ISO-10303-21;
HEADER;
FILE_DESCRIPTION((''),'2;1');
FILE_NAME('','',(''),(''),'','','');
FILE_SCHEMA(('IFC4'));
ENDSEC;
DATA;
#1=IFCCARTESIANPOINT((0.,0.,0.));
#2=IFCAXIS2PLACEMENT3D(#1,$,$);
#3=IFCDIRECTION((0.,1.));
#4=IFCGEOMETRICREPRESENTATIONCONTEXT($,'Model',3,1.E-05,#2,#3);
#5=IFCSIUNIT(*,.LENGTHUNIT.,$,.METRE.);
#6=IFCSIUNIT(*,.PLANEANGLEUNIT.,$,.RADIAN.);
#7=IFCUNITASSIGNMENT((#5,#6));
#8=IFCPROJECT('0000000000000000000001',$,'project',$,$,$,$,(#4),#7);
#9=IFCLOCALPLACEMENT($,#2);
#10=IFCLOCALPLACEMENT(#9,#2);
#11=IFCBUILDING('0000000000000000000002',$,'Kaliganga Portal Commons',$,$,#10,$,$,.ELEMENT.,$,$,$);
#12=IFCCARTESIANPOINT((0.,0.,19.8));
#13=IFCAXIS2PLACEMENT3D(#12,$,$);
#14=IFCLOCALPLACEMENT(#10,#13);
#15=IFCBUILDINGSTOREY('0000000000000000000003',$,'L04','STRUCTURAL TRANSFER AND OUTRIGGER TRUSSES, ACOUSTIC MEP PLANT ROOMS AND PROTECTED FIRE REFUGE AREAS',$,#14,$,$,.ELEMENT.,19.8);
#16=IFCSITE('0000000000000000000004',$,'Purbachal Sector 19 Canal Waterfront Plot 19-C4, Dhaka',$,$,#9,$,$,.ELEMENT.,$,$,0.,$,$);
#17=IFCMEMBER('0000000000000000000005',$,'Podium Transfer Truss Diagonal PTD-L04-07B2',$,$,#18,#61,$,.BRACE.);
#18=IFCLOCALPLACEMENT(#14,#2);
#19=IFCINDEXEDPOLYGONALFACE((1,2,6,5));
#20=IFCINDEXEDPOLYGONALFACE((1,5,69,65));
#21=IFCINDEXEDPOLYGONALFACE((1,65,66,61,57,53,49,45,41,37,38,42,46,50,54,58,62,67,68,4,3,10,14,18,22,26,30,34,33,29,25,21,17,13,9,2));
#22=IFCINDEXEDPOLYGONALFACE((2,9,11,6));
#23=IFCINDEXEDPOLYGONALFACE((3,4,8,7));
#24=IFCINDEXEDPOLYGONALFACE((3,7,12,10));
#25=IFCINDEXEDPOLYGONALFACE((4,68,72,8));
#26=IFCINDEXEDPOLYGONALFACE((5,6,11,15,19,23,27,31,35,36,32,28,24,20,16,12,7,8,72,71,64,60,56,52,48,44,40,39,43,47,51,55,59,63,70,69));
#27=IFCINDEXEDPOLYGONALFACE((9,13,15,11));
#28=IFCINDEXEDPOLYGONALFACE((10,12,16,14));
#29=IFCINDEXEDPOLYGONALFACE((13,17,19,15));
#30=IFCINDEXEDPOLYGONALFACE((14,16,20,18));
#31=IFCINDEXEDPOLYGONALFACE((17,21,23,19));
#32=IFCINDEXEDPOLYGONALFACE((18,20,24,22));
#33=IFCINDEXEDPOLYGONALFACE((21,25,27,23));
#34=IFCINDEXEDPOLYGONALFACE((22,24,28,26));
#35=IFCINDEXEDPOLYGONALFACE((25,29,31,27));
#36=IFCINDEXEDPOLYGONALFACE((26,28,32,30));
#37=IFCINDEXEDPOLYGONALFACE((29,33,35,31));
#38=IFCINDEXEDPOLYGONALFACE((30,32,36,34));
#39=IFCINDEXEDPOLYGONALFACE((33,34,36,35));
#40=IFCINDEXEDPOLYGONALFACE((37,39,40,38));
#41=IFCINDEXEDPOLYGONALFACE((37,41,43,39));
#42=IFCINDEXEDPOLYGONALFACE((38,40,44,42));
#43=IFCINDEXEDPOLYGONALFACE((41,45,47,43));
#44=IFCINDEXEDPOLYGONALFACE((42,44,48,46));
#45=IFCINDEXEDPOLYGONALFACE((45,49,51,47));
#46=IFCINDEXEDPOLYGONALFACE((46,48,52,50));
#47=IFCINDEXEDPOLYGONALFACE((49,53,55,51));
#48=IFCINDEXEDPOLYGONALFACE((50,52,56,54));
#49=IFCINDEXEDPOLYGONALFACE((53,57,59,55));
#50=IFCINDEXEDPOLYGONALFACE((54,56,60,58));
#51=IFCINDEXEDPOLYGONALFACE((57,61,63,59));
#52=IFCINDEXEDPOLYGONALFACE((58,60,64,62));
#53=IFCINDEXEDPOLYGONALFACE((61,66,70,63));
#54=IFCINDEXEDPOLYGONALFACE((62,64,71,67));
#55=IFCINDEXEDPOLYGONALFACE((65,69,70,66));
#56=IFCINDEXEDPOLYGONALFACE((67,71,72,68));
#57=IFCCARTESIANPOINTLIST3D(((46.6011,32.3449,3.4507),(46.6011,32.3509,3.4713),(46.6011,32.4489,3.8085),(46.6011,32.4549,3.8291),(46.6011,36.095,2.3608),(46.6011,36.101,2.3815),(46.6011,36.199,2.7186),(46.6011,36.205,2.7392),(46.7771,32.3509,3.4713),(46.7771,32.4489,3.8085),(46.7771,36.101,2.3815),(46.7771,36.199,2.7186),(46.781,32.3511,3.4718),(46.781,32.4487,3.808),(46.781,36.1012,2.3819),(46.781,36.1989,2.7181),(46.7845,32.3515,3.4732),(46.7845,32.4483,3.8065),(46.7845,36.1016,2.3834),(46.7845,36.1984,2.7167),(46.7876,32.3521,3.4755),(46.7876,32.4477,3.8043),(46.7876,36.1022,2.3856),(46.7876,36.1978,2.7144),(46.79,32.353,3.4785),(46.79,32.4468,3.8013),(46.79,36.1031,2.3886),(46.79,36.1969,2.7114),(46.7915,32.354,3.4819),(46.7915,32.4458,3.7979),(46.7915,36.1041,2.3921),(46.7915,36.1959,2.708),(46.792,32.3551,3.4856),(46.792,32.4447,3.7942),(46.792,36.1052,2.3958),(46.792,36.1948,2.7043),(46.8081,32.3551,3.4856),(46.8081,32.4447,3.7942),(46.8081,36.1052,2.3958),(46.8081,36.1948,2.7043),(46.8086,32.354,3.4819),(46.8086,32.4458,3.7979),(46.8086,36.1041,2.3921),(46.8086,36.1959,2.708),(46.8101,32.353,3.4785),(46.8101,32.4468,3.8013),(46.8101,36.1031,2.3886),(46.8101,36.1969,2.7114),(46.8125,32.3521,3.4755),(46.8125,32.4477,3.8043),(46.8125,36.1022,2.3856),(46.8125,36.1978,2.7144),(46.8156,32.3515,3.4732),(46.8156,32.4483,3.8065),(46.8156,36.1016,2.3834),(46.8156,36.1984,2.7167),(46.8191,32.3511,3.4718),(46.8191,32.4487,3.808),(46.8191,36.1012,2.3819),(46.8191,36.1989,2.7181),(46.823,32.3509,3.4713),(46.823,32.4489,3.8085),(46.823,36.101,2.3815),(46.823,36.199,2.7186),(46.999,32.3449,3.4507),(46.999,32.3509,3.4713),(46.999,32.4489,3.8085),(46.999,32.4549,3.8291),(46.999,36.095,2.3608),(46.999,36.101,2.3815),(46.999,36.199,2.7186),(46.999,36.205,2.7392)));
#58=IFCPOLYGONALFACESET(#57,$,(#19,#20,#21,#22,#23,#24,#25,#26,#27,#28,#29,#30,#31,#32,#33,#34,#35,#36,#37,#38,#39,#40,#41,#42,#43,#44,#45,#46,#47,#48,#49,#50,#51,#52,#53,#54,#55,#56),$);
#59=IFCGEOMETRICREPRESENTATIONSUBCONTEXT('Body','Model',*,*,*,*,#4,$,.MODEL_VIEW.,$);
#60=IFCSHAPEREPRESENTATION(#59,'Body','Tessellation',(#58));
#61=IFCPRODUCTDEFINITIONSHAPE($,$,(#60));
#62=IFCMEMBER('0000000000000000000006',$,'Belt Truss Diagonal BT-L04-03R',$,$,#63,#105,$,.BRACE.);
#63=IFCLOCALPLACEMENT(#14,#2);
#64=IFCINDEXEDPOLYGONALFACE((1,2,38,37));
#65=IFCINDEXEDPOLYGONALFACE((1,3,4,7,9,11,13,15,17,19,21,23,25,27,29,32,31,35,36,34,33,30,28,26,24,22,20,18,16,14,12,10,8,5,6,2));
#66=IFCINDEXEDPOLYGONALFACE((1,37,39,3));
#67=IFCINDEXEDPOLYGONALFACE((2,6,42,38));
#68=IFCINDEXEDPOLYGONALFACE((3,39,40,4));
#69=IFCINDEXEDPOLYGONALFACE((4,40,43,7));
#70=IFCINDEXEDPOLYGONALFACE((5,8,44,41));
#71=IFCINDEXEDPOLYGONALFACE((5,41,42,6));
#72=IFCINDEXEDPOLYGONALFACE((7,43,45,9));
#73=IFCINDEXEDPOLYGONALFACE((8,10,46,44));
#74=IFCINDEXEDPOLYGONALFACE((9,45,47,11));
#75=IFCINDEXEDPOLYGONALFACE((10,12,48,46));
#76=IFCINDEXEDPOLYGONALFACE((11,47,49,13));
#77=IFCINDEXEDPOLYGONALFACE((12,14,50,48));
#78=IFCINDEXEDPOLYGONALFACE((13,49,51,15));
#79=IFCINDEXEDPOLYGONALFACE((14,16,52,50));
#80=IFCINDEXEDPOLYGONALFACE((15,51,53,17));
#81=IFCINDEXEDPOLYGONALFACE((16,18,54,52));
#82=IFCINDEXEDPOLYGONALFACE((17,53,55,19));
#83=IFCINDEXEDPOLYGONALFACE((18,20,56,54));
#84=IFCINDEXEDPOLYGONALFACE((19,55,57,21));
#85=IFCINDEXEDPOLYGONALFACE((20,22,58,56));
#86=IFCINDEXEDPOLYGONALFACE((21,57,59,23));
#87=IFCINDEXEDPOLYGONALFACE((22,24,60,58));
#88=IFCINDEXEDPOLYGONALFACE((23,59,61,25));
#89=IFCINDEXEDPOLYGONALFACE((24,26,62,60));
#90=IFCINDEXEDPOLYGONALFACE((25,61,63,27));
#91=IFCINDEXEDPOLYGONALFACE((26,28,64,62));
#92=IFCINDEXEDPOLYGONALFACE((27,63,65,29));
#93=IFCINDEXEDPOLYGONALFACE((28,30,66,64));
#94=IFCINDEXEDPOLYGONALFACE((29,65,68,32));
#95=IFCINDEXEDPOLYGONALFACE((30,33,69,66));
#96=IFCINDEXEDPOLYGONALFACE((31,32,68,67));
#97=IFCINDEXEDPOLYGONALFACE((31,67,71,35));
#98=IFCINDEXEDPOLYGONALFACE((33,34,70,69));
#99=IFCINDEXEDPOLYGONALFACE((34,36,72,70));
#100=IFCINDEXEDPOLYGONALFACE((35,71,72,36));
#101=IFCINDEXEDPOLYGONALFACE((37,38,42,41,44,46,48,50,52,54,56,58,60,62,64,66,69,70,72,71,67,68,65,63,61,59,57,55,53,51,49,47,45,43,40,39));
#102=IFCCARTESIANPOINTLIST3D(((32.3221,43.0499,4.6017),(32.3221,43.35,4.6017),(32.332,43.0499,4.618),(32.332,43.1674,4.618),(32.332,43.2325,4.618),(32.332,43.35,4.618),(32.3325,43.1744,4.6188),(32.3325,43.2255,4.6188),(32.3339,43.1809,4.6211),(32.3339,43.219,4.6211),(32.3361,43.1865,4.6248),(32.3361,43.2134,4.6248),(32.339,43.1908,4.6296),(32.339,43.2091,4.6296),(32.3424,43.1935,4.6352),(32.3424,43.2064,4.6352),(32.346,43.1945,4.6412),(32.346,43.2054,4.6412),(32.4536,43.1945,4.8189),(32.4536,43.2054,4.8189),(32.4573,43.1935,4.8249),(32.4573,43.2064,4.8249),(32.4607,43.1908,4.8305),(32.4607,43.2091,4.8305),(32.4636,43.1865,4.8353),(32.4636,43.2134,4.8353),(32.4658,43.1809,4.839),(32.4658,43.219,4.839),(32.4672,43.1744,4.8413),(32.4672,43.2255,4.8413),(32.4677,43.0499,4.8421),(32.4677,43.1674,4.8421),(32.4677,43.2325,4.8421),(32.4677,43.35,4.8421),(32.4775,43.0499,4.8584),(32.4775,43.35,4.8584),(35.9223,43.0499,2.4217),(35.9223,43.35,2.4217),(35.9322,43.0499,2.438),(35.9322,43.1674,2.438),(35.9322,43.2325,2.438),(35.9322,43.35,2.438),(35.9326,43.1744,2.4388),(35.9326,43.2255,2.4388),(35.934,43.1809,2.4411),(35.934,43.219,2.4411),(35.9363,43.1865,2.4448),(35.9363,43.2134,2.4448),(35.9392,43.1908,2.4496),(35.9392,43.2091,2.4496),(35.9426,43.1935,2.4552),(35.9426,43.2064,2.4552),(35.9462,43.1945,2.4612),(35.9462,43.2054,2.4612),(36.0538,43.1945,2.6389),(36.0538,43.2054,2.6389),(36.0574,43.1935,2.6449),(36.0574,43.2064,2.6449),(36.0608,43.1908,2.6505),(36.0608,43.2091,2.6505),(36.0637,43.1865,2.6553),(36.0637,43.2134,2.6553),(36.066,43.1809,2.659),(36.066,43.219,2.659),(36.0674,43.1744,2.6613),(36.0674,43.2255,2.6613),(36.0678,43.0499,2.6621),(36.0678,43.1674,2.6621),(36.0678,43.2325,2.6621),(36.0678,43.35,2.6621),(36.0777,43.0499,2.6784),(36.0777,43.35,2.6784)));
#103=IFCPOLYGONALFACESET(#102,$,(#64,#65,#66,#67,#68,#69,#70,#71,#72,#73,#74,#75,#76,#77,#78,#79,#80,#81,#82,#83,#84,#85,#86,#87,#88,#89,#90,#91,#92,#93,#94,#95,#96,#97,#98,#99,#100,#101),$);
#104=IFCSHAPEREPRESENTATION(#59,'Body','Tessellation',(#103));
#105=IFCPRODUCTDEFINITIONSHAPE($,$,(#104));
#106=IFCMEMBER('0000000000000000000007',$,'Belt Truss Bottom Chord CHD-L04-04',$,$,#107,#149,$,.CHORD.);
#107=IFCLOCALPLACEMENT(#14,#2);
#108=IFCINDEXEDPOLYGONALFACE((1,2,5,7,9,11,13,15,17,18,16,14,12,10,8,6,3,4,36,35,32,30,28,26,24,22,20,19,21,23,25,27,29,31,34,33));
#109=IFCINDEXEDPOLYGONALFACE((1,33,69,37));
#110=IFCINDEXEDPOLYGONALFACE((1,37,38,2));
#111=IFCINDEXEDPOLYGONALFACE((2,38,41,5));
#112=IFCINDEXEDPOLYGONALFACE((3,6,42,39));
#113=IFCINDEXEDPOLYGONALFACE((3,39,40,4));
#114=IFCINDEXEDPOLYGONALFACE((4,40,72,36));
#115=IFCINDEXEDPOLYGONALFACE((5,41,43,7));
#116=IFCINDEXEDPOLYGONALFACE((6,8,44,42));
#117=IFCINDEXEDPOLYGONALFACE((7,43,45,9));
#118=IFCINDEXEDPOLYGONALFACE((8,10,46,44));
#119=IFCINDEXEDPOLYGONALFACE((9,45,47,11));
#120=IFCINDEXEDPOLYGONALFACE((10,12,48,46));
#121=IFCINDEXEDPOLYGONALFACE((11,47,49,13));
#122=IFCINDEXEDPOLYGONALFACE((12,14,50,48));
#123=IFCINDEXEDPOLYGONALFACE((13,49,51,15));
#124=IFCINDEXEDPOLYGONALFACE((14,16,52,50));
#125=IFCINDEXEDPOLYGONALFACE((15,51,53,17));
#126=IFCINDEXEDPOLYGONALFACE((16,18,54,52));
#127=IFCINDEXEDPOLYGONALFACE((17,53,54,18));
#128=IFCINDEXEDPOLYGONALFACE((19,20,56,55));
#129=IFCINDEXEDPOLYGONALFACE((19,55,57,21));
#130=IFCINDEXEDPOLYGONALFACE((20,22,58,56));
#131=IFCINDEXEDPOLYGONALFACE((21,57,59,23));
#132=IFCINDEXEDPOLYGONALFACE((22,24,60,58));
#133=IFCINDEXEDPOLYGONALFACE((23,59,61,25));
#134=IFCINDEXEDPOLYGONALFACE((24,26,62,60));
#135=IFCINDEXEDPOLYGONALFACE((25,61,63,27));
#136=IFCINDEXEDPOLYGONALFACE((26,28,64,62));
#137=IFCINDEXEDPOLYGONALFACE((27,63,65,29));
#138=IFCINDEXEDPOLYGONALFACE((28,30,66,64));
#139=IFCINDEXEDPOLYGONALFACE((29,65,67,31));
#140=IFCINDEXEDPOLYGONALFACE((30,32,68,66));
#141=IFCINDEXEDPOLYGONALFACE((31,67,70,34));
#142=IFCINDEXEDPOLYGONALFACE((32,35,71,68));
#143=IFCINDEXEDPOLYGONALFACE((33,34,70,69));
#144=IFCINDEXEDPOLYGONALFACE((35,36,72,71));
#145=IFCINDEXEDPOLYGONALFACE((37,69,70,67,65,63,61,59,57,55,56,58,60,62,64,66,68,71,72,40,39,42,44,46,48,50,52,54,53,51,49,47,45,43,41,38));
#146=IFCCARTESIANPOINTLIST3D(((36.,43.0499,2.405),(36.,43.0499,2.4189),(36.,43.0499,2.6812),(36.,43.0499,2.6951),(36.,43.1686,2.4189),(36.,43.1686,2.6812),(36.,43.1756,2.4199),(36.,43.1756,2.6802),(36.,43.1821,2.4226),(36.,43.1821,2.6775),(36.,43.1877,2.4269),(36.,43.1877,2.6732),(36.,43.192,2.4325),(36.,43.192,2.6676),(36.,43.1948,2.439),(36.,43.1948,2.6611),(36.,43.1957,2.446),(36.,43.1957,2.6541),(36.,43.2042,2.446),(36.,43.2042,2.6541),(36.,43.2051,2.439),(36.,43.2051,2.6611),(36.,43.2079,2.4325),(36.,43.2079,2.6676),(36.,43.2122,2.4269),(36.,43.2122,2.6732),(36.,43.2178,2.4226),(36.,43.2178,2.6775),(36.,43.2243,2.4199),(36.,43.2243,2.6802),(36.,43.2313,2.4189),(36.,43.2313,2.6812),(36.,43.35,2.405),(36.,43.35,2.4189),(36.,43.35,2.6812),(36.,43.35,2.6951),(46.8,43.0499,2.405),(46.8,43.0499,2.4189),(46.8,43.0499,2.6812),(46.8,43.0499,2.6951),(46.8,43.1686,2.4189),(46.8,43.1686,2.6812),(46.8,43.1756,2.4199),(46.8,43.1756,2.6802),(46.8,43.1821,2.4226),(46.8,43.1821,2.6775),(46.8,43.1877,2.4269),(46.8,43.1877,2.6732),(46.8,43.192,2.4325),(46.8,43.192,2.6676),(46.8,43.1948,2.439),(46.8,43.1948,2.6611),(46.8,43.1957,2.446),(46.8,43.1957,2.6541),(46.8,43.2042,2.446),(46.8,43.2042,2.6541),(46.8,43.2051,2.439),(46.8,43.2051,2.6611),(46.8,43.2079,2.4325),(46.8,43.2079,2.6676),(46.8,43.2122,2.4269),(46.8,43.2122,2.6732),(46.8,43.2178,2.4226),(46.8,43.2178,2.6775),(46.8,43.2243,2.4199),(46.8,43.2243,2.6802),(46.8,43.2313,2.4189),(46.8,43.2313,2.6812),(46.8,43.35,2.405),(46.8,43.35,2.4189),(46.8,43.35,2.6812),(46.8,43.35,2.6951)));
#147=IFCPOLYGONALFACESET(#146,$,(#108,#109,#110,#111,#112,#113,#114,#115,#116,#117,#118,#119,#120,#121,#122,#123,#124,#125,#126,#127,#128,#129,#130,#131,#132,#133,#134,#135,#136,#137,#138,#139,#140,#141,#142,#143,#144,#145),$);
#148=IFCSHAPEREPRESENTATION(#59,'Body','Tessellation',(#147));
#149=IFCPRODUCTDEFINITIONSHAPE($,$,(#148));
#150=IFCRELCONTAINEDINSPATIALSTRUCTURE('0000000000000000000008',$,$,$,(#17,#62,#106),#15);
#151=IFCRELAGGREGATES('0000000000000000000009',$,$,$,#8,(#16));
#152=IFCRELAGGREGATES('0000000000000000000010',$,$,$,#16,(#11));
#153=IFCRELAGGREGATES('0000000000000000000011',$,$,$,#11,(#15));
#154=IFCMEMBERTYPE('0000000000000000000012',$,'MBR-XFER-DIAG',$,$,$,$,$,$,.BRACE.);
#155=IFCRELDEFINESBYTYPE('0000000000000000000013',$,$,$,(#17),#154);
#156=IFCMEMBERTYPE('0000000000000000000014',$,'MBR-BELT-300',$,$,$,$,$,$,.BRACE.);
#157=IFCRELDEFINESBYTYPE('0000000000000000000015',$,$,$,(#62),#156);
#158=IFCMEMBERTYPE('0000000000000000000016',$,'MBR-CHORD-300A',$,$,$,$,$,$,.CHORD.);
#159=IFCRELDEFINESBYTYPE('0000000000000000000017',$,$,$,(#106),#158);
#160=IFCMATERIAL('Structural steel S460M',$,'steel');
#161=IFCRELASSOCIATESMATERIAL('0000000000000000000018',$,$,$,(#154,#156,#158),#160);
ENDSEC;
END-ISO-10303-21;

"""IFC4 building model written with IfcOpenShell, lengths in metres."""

from ifc_helpers import new_model, si_unit, direction, frame, origin, origin_2d, place, context, subcontext, project, spatial, i_section, extrude, source, transform, mapped, material, material_profile, profile_set, type_object, element, save


model = new_model("IFC4")

# Units and contexts
model_context = context("Model", 3, precision=1e-05, world=origin(), true_north=direction((0.0, 1.0)))
body_context = subcontext(model_context, "Body", "Model", "MODEL_VIEW")
ifc_project = project(units=[si_unit("LENGTHUNIT", "METRE"), si_unit("PLANEANGLEUNIT", "RADIAN")], contexts=[model_context])

# Site, building, storey
site_placement = place(None, origin())
site = spatial("IfcSite", under=ifc_project, at=site_placement, Name="Purbachal Sector 19 Canal Waterfront Plot 19-C4, Dhaka", CompositionType="ELEMENT", RefElevation=0.0)
building_placement = place(site_placement, origin())
building = spatial("IfcBuilding", under=site, at=building_placement, Name="Kaliganga Portal Commons", CompositionType="ELEMENT")
storey_placement = place(building_placement, frame((0.0, 0.0, 19.8)))
storey = spatial("IfcBuildingStorey", under=building, at=storey_placement, Name="L04", Description="STRUCTURAL TRANSFER AND OUTRIGGER TRUSSES, ACOUSTIC MEP PLANT ROOMS AND PROTECTED FIRE REFUGE AREAS", CompositionType="ELEMENT", Elevation=19.8)

# Members
ifc_material_1 = material(Name="Structural steel S460M", Category="steel")
ifc_material_profile_1 = material_profile(ifc_material_1, i_section(OverallWidth=0.3979, OverallDepth=0.394, WebThickness=0.0161, FlangeThickness=0.0215, FilletRadius=0.0149, at=origin_2d()), Name="HD 400x262")
ifc_profile_set_1 = profile_set([ifc_material_profile_1], Name="Structural steel S460M wide-flange")
member_type_1 = type_object("IfcMemberType", Name="MBR-XFER-DIAG", PredefinedType="BRACE", material=ifc_profile_set_1)
shared_shape_1 = source(origin(), body_context, "Body", "SweptSolid", [
    extrude(i_section(OverallWidth=0.3979, OverallDepth=0.394, WebThickness=0.0161, FlangeThickness=0.0215, FilletRadius=0.0149, at=origin_2d()), origin(), (0.0, 0.0, 1.0), 3.9053),
])
member_1_placement = place(storey_placement, frame((46.8, 32.3999, 3.6399), z_axis=(0.0, 0.960268, -0.279078), x_axis=(-1.0, 0.0, 0.0)))
element("IfcMember", 1, at=member_1_placement, inside=storey, type_object=member_type_1, Name="Podium Transfer Truss Diagonal PTD-L04-07B2", PredefinedType="BRACE", context=body_context, shape_type="MappedRepresentation", body=[
    mapped(shared_shape_1, transform((0.0, 0.0, 0.0), x_axis=(1.0, 0.0, 0.0), y_axis=(0.0, 1.0, 0.0), z_axis=(0.0, 0.0, 1.0), scale=1.0)),
])
ifc_material_profile_2 = material_profile(ifc_material_1, i_section(OverallWidth=0.3, OverallDepth=0.3, WebThickness=0.011, FlangeThickness=0.019, FilletRadius=0.0271, at=origin_2d()), Name="HE 300 B")
ifc_profile_set_2 = profile_set([ifc_material_profile_2], Name="Structural steel S460M wide-flange")
member_type_2 = type_object("IfcMemberType", Name="MBR-BELT-300", PredefinedType="BRACE", material=ifc_profile_set_2)
shared_shape_2 = source(origin(), body_context, "Body", "SweptSolid", [
    extrude(i_section(OverallWidth=0.3, OverallDepth=0.3, WebThickness=0.011, FlangeThickness=0.019, FilletRadius=0.0271, at=origin_2d()), origin(), (0.0, 0.0, 1.0), 4.2087),
])
member_2_placement = place(storey_placement, frame((36.0, 43.2, 2.55), z_axis=(-0.855403, 0.0, 0.517964), x_axis=(0.0, -1.0, 0.0)))
element("IfcMember", 2, at=member_2_placement, inside=storey, type_object=member_type_2, Name="Belt Truss Diagonal BT-L04-03R", PredefinedType="BRACE", context=body_context, shape_type="MappedRepresentation", body=[
    mapped(shared_shape_2, transform((0.0, 0.0, 0.0), x_axis=(1.0, 0.0, 0.0), y_axis=(0.0, 1.0, 0.0), z_axis=(0.0, 0.0, 1.0), scale=1.0)),
])
ifc_material_profile_3 = material_profile(ifc_material_1, i_section(OverallWidth=0.3, OverallDepth=0.29, WebThickness=0.0085, FlangeThickness=0.0139, FilletRadius=0.0271, at=origin_2d()), Name="HE 300 A")
ifc_profile_set_3 = profile_set([ifc_material_profile_3], Name="Structural steel S460M wide-flange")
member_type_3 = type_object("IfcMemberType", Name="MBR-CHORD-300A", PredefinedType="CHORD", material=ifc_profile_set_3)
shared_shape_3 = source(origin(), body_context, "Body", "SweptSolid", [
    extrude(i_section(OverallWidth=0.3, OverallDepth=0.29, WebThickness=0.0085, FlangeThickness=0.0139, FilletRadius=0.0271, at=origin_2d()), origin(), (0.0, 0.0, 1.0), 10.8),
])
member_3_placement = place(storey_placement, frame((36.0, 43.2, 2.55), z_axis=(1.0, 0.0, 0.0), x_axis=(0.0, 1.0, 0.0)))
element("IfcMember", 3, at=member_3_placement, inside=storey, type_object=member_type_3, Name="Belt Truss Bottom Chord CHD-L04-04", PredefinedType="CHORD", context=body_context, shape_type="MappedRepresentation", body=[
    mapped(shared_shape_3, transform((0.0, 0.0, 0.0), x_axis=(1.0, 0.0, 0.0), y_axis=(0.0, 1.0, 0.0), z_axis=(0.0, 0.0, 1.0), scale=1.0)),
])

save(model, "model.ifc")
